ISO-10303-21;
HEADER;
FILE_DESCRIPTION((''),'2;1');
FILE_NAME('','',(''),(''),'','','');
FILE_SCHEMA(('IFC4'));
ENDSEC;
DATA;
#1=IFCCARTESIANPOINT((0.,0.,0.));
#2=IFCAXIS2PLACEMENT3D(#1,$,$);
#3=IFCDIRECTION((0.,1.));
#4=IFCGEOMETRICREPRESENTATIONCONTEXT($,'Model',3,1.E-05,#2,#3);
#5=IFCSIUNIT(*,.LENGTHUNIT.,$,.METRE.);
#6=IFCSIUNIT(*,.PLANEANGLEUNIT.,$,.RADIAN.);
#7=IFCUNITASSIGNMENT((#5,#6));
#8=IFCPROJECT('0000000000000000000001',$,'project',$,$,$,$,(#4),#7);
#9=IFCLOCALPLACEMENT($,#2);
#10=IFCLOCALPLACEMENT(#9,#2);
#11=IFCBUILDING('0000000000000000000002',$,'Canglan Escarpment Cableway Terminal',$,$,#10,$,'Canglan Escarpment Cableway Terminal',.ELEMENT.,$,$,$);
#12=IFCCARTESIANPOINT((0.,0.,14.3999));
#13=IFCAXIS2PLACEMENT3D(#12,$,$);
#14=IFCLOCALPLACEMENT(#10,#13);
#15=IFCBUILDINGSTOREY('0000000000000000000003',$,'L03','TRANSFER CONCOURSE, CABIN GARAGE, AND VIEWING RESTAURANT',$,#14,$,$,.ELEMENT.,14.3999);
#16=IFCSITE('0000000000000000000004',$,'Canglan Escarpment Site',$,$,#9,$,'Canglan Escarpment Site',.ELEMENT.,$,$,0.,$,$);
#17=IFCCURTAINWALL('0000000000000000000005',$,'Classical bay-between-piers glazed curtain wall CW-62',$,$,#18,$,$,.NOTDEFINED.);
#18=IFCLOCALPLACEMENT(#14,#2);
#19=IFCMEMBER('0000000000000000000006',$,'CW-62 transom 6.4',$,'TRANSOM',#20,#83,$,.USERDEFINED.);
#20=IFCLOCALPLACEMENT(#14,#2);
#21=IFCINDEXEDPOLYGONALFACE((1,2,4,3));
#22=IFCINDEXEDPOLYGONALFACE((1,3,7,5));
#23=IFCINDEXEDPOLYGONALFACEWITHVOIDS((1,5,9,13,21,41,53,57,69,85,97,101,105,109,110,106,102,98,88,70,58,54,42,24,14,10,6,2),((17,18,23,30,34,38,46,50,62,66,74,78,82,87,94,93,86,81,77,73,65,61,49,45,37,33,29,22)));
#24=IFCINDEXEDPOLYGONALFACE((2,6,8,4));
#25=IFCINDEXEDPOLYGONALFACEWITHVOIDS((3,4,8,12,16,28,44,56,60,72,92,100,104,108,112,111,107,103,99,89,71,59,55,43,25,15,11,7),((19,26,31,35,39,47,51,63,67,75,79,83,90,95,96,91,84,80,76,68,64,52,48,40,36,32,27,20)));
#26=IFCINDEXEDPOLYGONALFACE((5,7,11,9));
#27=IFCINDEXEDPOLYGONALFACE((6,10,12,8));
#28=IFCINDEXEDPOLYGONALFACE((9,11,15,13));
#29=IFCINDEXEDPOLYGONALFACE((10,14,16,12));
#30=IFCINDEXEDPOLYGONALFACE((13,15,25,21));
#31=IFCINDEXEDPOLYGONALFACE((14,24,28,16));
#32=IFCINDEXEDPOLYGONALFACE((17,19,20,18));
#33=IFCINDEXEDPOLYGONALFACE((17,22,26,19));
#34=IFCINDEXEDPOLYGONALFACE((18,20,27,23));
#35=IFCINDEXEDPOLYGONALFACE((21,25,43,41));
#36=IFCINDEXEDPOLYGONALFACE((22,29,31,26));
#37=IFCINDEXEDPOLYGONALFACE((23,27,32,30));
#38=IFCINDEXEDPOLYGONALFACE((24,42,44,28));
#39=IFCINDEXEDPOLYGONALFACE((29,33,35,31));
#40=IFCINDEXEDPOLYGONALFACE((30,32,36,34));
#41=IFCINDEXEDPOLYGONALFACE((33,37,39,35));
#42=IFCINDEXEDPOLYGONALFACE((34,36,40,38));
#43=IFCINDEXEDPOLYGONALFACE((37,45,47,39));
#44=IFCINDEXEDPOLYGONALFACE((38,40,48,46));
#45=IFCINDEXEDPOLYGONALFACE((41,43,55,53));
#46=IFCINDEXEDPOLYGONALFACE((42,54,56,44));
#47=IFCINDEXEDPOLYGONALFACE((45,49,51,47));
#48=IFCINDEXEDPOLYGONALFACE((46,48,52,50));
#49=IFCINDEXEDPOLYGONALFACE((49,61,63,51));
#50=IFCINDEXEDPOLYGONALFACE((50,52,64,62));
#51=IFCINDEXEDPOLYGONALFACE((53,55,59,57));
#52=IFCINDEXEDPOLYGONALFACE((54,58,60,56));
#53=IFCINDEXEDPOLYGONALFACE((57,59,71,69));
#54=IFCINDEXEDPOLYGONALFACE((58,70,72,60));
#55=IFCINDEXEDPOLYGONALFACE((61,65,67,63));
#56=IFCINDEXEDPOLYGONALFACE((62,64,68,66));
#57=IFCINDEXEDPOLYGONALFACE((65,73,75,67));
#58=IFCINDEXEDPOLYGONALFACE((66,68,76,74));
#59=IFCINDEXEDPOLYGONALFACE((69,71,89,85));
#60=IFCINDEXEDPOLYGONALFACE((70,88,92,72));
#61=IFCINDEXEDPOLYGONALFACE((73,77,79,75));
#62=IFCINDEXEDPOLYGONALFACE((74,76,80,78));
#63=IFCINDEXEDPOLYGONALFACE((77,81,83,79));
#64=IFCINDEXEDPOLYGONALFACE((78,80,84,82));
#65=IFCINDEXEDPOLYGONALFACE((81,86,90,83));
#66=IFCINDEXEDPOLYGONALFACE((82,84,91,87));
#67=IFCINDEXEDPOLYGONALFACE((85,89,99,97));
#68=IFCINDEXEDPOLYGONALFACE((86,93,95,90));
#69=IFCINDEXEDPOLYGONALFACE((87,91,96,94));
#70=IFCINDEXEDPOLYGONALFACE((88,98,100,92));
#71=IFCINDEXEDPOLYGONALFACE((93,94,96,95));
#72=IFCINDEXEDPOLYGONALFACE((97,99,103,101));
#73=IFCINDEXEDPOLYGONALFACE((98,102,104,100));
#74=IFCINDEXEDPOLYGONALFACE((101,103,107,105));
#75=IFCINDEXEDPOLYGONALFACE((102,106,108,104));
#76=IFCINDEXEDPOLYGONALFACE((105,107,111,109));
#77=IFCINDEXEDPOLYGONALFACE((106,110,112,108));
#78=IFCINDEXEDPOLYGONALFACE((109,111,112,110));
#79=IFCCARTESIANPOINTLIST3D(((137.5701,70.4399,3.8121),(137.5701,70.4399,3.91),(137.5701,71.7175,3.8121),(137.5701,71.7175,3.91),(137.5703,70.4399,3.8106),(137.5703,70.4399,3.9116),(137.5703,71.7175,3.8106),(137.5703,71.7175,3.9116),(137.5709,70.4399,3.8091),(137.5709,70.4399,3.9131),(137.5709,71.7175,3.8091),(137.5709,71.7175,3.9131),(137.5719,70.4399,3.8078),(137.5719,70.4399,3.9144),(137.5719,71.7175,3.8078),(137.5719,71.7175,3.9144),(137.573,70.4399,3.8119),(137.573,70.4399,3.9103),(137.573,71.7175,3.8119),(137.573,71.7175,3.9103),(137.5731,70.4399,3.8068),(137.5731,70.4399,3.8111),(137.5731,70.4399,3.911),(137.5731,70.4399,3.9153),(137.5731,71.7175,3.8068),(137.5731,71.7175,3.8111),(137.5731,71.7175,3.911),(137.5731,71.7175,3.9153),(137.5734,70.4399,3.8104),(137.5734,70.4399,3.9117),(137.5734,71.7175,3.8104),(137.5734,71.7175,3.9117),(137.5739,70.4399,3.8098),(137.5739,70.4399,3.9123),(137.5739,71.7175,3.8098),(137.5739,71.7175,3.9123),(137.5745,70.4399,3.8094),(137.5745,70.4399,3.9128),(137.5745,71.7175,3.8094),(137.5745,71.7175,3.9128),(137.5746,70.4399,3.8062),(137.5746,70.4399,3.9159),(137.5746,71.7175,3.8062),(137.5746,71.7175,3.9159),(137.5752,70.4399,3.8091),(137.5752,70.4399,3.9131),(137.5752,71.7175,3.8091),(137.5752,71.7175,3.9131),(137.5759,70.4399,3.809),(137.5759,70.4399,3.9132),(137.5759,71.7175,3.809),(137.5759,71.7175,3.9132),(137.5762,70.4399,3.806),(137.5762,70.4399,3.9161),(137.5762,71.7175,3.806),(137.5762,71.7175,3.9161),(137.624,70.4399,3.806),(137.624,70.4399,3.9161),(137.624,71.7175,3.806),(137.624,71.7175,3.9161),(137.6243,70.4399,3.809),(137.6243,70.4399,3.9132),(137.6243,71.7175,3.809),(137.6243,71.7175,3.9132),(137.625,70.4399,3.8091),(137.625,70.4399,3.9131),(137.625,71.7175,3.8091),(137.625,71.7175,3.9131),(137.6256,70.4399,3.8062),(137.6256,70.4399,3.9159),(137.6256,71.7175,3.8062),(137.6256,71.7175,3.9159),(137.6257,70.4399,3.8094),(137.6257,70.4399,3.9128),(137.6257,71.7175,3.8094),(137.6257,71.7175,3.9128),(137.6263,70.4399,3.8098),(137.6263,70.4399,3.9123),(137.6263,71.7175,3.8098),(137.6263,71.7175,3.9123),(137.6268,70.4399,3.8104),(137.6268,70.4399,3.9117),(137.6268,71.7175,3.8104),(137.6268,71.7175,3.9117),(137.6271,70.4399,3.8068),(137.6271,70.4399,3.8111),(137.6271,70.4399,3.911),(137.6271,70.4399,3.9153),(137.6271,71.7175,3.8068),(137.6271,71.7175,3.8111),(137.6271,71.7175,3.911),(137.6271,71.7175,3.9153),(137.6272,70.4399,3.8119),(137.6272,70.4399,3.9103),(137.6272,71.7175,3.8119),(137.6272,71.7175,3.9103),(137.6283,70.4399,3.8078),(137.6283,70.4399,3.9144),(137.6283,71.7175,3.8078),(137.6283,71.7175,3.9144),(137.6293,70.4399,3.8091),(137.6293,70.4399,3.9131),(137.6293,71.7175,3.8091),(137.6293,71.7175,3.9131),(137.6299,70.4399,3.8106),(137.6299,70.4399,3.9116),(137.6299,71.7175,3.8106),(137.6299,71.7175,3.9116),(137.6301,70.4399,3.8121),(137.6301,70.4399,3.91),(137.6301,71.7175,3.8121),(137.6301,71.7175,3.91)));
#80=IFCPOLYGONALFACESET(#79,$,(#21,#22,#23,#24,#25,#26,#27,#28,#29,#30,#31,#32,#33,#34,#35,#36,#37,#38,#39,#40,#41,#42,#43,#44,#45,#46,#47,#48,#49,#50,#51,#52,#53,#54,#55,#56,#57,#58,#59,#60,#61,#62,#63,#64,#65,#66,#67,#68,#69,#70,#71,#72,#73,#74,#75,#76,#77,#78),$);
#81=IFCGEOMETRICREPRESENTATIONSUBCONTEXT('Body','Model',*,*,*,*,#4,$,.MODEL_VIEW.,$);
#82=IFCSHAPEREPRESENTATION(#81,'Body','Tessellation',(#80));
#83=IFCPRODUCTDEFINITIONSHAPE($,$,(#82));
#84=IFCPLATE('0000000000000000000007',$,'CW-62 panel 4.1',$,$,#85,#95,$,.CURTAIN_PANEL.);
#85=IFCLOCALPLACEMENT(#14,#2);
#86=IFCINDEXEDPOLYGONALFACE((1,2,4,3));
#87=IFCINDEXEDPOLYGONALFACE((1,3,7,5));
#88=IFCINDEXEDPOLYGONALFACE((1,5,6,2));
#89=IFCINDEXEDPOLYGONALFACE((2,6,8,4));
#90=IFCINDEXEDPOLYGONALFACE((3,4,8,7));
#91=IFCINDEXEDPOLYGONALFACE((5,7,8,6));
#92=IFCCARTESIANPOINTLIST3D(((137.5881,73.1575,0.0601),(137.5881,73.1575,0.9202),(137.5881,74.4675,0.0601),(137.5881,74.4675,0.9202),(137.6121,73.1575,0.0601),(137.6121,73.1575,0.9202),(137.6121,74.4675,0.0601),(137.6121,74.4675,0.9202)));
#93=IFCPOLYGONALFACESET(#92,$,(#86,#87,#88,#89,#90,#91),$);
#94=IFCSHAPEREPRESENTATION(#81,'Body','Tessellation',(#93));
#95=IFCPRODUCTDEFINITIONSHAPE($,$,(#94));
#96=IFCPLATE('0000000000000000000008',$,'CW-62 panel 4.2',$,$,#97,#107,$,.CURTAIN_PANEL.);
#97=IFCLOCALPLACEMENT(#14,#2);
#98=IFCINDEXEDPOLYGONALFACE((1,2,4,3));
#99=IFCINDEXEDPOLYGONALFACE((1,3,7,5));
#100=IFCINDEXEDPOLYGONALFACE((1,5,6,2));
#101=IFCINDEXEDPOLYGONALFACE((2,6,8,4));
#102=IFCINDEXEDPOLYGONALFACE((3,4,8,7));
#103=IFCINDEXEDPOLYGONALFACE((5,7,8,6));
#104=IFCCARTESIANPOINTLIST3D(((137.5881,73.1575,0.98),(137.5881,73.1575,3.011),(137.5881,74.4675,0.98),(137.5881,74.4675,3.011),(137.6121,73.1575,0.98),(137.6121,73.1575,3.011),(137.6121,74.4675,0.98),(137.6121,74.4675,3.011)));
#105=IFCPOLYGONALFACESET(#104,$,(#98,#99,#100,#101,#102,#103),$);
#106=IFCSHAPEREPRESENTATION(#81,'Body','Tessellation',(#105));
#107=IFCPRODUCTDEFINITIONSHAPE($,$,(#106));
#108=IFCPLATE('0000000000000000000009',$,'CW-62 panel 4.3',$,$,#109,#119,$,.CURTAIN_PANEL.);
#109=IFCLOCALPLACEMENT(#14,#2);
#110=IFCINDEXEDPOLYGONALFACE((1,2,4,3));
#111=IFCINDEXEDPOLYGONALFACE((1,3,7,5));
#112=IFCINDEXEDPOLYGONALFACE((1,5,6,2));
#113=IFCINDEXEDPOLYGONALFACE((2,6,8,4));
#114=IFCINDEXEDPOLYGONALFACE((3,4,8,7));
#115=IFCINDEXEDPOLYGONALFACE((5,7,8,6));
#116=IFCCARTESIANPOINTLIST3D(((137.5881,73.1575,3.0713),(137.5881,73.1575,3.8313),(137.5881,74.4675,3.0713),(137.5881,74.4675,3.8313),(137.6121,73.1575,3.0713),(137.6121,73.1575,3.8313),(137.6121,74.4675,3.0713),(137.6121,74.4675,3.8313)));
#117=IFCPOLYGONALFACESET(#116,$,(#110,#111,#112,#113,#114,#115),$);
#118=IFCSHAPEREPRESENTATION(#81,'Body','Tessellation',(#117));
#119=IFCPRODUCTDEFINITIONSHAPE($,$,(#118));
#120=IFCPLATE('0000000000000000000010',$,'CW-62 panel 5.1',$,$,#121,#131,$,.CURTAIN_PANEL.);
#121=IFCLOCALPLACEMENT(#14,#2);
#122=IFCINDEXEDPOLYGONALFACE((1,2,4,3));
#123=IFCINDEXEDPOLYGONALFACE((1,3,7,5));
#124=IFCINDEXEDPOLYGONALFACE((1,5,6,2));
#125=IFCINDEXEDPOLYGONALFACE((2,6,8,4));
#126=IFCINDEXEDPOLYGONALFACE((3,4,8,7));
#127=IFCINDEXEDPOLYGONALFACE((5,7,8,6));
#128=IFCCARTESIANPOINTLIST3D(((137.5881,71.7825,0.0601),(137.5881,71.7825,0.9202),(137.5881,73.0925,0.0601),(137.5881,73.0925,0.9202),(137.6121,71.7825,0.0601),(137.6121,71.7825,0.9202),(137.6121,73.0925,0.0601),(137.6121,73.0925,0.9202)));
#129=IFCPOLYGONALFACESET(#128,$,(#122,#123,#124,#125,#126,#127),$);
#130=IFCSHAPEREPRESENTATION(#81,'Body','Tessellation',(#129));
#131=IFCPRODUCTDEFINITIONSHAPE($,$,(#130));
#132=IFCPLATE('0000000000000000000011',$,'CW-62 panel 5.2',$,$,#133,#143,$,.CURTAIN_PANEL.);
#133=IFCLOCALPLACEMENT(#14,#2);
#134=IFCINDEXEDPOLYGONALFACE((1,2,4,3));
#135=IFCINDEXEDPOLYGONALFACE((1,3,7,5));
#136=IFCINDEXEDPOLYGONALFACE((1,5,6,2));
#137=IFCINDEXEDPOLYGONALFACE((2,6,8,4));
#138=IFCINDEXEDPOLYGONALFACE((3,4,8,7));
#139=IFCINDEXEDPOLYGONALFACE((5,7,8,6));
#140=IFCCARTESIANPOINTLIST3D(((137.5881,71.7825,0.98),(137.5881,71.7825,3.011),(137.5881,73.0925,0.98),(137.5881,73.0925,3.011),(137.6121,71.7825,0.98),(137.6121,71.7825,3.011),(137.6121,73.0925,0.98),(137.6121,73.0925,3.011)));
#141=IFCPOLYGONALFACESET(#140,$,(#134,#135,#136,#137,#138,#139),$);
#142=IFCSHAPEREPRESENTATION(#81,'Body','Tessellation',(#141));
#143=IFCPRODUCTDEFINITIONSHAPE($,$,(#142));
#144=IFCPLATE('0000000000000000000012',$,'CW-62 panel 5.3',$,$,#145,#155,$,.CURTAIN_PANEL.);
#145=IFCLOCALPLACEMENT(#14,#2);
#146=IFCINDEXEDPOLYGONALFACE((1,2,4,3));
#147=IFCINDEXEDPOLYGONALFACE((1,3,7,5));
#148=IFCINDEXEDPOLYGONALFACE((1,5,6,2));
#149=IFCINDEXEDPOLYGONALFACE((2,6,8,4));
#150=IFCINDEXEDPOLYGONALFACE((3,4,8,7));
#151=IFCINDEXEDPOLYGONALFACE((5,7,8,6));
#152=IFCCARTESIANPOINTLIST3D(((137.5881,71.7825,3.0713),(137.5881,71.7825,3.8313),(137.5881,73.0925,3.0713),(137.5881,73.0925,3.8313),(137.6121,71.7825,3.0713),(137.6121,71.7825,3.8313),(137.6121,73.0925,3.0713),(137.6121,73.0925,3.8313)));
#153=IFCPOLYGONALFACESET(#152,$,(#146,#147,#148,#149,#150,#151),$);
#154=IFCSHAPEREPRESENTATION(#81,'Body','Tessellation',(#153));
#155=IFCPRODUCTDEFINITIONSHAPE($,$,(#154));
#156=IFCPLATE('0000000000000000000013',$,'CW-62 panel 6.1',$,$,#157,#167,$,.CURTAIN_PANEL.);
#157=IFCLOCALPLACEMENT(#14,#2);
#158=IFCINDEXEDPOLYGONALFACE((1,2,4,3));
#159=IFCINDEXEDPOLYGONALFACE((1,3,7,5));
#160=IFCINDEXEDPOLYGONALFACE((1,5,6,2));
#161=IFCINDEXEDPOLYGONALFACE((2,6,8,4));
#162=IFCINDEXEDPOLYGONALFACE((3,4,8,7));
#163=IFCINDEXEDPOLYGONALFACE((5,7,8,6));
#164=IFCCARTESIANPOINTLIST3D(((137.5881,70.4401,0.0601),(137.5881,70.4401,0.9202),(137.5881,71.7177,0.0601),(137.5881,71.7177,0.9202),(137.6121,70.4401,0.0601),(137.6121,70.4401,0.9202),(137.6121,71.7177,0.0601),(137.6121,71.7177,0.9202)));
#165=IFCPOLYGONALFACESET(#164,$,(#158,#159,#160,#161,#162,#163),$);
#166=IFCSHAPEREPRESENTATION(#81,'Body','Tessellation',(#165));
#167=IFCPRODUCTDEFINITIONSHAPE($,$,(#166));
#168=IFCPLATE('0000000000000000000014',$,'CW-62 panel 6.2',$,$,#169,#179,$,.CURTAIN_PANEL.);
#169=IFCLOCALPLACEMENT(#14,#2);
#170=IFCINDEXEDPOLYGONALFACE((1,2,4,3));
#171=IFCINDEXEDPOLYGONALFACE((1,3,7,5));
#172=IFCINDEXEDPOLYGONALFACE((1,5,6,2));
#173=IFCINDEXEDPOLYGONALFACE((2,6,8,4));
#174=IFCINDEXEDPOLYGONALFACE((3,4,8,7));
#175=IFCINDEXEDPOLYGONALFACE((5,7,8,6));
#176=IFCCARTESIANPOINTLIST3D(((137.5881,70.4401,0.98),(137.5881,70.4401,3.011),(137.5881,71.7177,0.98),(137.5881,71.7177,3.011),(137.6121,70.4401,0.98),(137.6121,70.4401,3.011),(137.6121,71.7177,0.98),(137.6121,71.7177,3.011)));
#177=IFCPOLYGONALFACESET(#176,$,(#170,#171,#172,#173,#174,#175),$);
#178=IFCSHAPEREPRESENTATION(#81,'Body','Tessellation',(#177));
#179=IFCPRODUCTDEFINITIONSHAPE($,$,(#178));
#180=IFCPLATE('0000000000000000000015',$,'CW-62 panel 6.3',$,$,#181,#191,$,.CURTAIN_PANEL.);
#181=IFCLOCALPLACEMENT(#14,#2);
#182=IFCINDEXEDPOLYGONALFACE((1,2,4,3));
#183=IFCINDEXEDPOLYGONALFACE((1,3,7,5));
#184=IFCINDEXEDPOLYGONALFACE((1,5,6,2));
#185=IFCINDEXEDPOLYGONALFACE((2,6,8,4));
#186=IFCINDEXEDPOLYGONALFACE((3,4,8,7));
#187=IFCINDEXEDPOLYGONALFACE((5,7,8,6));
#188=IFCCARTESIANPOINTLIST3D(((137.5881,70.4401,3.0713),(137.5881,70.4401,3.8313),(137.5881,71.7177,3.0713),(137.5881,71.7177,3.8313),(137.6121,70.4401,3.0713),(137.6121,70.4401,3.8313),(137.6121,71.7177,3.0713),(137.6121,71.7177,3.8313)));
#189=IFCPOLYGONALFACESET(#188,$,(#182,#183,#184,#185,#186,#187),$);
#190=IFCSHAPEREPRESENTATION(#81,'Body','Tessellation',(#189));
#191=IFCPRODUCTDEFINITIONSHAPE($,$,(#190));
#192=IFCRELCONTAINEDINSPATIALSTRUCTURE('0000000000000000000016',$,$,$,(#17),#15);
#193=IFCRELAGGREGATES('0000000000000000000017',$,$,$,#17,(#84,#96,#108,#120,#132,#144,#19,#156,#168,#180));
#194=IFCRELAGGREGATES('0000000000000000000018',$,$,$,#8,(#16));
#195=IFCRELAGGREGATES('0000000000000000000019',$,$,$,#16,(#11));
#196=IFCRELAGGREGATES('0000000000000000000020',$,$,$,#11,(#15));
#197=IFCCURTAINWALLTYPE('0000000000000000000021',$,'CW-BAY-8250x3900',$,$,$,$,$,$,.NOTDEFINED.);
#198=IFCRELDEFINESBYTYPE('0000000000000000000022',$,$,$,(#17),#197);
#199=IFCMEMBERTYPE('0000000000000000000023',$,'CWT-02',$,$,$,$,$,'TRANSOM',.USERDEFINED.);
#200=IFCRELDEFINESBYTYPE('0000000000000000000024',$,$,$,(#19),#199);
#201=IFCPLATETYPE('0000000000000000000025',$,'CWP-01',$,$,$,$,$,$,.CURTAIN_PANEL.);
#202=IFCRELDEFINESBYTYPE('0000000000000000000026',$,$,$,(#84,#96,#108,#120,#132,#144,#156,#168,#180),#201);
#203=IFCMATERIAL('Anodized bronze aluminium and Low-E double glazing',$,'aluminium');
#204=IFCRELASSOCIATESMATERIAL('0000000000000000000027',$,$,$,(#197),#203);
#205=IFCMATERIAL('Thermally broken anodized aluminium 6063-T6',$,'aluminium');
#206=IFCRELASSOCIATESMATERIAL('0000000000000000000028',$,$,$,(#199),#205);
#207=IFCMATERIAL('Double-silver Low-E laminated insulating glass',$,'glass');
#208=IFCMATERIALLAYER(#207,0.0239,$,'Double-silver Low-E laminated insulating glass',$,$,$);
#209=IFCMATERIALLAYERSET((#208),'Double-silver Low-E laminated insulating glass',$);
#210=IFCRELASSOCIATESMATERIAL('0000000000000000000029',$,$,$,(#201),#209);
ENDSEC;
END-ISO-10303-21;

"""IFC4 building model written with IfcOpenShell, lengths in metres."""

from ifc_helpers import new_model, si_unit, direction, frame, origin, origin_2d, place, context, subcontext, project, spatial, rectangle, hollow_rectangle, extrude, material, layer, layer_set, material_profile, profile_set, type_object, element, aggregate, save


model = new_model("IFC4")

# Units and contexts
model_context = context("Model", 3, precision=1e-05, world=origin(), true_north=direction((0.0, 1.0)))
body_context = subcontext(model_context, "Body", "Model", "MODEL_VIEW")
ifc_project = project(units=[si_unit("LENGTHUNIT", "METRE"), si_unit("PLANEANGLEUNIT", "RADIAN")], contexts=[model_context])

# Site, building, storey
site_placement = place(None, origin())
site = spatial("IfcSite", under=ifc_project, at=site_placement, Name="Canglan Escarpment Site", LongName="Canglan Escarpment Site", CompositionType="ELEMENT", RefElevation=0.0)
building_placement = place(site_placement, origin())
building = spatial("IfcBuilding", under=site, at=building_placement, Name="Canglan Escarpment Cableway Terminal", LongName="Canglan Escarpment Cableway Terminal", CompositionType="ELEMENT")
storey_placement = place(building_placement, frame((0.0, 0.0, 14.3999)))
storey = spatial("IfcBuildingStorey", under=building, at=storey_placement, Name="L03", Description="TRANSFER CONCOURSE, CABIN GARAGE, AND VIEWING RESTAURANT", CompositionType="ELEMENT", Elevation=14.3999)

# Curtain wall, member, plates
ifc_material_1 = material(Name="Anodized bronze aluminium and Low-E double glazing", Category="aluminium")
curtain_wall_type = type_object("IfcCurtainWallType", Name="CW-BAY-8250x3900", PredefinedType="NOTDEFINED", material=ifc_material_1)
curtain_wall_placement = place(storey_placement, origin())
curtain_wall = element("IfcCurtainWall", 1, at=curtain_wall_placement, inside=storey, type_object=curtain_wall_type, Name="Classical bay-between-piers glazed curtain wall CW-62", PredefinedType="NOTDEFINED")
ifc_material_2 = material(Name="Thermally broken anodized aluminium 6063-T6", Category="aluminium")
ifc_material_profile_1 = material_profile(ifc_material_2, hollow_rectangle(XDim=0.0601, YDim=0.1101, WallThickness=0.0029, InnerFilletRadius=0.0029, OuterFilletRadius=0.0061, at=origin_2d()), Name="ALU-TRAN 60x110x3")
ifc_profile_set_1 = profile_set([ifc_material_profile_1], Name="Thermally broken anodized aluminium 6063-T6")
member_type_1 = type_object("IfcMemberType", Name="CWT-02", ElementType="TRANSOM", PredefinedType="USERDEFINED", material=ifc_profile_set_1)
member_1_placement = place(storey_placement, frame((137.6001, 71.7175, 3.8611), z_axis=(0.0, -1.0, 0.0), x_axis=(1.0, 0.0, 0.0)))
member_1 = element("IfcMember", 2, at=member_1_placement, type_object=member_type_1, Name="CW-62 transom 6.4", ObjectType="TRANSOM", PredefinedType="USERDEFINED", context=body_context, shape_type="SweptSolid", body=[
    extrude(hollow_rectangle(XDim=0.0601, YDim=0.1101, WallThickness=0.0029, InnerFilletRadius=0.0029, OuterFilletRadius=0.0061, at=origin_2d()), origin(), (0.0, 0.0, 1.0), 1.2776),
])
ifc_material_3 = material(Name="Double-silver Low-E laminated insulating glass", Category="glass")
ifc_layer_1 = layer(ifc_material_3, 0.0239, Name="Double-silver Low-E laminated insulating glass")
ifc_layer_set_1 = layer_set([ifc_layer_1], Name="Double-silver Low-E laminated insulating glass")
plate_type = type_object("IfcPlateType", Name="CWP-01", PredefinedType="CURTAIN_PANEL", material=ifc_layer_set_1)
plate_1_placement = place(storey_placement, frame((137.6001, 73.8125, 0.0601), z_axis=(0.0, 0.0, 1.0), x_axis=(0.0, -1.0, 0.0)))
plate_1 = element("IfcPlate", 3, at=plate_1_placement, type_object=plate_type, Name="CW-62 panel 4.1", PredefinedType="CURTAIN_PANEL", context=body_context, shape_type="SweptSolid", body=[
    extrude(rectangle(XDim=1.3101, YDim=0.0239, at=origin_2d()), origin(), (0.0, 0.0, 1.0), 0.8601),
])
plate_2_placement = place(storey_placement, frame((137.6001, 73.8125, 0.98), z_axis=(0.0, 0.0, 1.0), x_axis=(0.0, -1.0, 0.0)))
plate_2 = element("IfcPlate", 4, at=plate_2_placement, type_object=plate_type, Name="CW-62 panel 4.2", PredefinedType="CURTAIN_PANEL", context=body_context, shape_type="SweptSolid", body=[
    extrude(rectangle(XDim=1.3101, YDim=0.0239, at=origin_2d()), origin(), (0.0, 0.0, 1.0), 2.031),
])
plate_3_placement = place(storey_placement, frame((137.6001, 73.8125, 3.0713), z_axis=(0.0, 0.0, 1.0), x_axis=(0.0, -1.0, 0.0)))
plate_3 = element("IfcPlate", 5, at=plate_3_placement, type_object=plate_type, Name="CW-62 panel 4.3", PredefinedType="CURTAIN_PANEL", context=body_context, shape_type="SweptSolid", body=[
    extrude(rectangle(XDim=1.3101, YDim=0.0239, at=origin_2d()), origin(), (0.0, 0.0, 1.0), 0.76),
])
plate_4_placement = place(storey_placement, frame((137.6001, 72.4375, 0.0601), z_axis=(0.0, 0.0, 1.0), x_axis=(0.0, -1.0, 0.0)))
plate_4 = element("IfcPlate", 6, at=plate_4_placement, type_object=plate_type, Name="CW-62 panel 5.1", PredefinedType="CURTAIN_PANEL", context=body_context, shape_type="SweptSolid", body=[
    extrude(rectangle(XDim=1.3101, YDim=0.0239, at=origin_2d()), origin(), (0.0, 0.0, 1.0), 0.8601),
])
plate_5_placement = place(storey_placement, frame((137.6001, 72.4375, 0.98), z_axis=(0.0, 0.0, 1.0), x_axis=(0.0, -1.0, 0.0)))
plate_5 = element("IfcPlate", 7, at=plate_5_placement, type_object=plate_type, Name="CW-62 panel 5.2", PredefinedType="CURTAIN_PANEL", context=body_context, shape_type="SweptSolid", body=[
    extrude(rectangle(XDim=1.3101, YDim=0.0239, at=origin_2d()), origin(), (0.0, 0.0, 1.0), 2.031),
])
plate_6_placement = place(storey_placement, frame((137.6001, 72.4375, 3.0713), z_axis=(0.0, 0.0, 1.0), x_axis=(0.0, -1.0, 0.0)))
plate_6 = element("IfcPlate", 8, at=plate_6_placement, type_object=plate_type, Name="CW-62 panel 5.3", PredefinedType="CURTAIN_PANEL", context=body_context, shape_type="SweptSolid", body=[
    extrude(rectangle(XDim=1.3101, YDim=0.0239, at=origin_2d()), origin(), (0.0, 0.0, 1.0), 0.76),
])
plate_7_placement = place(storey_placement, frame((137.6001, 71.0789, 0.0601), z_axis=(0.0, 0.0, 1.0), x_axis=(0.0, -1.0, 0.0)))
plate_7 = element("IfcPlate", 9, at=plate_7_placement, type_object=plate_type, Name="CW-62 panel 6.1", PredefinedType="CURTAIN_PANEL", context=body_context, shape_type="SweptSolid", body=[
    extrude(rectangle(XDim=1.2776, YDim=0.0239, at=origin_2d()), origin(), (0.0, 0.0, 1.0), 0.8601),
])
plate_8_placement = place(storey_placement, frame((137.6001, 71.0789, 0.98), z_axis=(0.0, 0.0, 1.0), x_axis=(0.0, -1.0, 0.0)))
plate_8 = element("IfcPlate", 10, at=plate_8_placement, type_object=plate_type, Name="CW-62 panel 6.2", PredefinedType="CURTAIN_PANEL", context=body_context, shape_type="SweptSolid", body=[
    extrude(rectangle(XDim=1.2776, YDim=0.0239, at=origin_2d()), origin(), (0.0, 0.0, 1.0), 2.031),
])
plate_9_placement = place(storey_placement, frame((137.6001, 71.0789, 3.0713), z_axis=(0.0, 0.0, 1.0), x_axis=(0.0, -1.0, 0.0)))
plate_9 = element("IfcPlate", 11, at=plate_9_placement, type_object=plate_type, Name="CW-62 panel 6.3", PredefinedType="CURTAIN_PANEL", context=body_context, shape_type="SweptSolid", body=[
    extrude(rectangle(XDim=1.2776, YDim=0.0239, at=origin_2d()), origin(), (0.0, 0.0, 1.0), 0.76),
])
aggregate(curtain_wall, [plate_1, plate_2, plate_3, plate_4, plate_5, plate_6, member_1, plate_7, plate_8, plate_9])

save(model, "model.ifc")
